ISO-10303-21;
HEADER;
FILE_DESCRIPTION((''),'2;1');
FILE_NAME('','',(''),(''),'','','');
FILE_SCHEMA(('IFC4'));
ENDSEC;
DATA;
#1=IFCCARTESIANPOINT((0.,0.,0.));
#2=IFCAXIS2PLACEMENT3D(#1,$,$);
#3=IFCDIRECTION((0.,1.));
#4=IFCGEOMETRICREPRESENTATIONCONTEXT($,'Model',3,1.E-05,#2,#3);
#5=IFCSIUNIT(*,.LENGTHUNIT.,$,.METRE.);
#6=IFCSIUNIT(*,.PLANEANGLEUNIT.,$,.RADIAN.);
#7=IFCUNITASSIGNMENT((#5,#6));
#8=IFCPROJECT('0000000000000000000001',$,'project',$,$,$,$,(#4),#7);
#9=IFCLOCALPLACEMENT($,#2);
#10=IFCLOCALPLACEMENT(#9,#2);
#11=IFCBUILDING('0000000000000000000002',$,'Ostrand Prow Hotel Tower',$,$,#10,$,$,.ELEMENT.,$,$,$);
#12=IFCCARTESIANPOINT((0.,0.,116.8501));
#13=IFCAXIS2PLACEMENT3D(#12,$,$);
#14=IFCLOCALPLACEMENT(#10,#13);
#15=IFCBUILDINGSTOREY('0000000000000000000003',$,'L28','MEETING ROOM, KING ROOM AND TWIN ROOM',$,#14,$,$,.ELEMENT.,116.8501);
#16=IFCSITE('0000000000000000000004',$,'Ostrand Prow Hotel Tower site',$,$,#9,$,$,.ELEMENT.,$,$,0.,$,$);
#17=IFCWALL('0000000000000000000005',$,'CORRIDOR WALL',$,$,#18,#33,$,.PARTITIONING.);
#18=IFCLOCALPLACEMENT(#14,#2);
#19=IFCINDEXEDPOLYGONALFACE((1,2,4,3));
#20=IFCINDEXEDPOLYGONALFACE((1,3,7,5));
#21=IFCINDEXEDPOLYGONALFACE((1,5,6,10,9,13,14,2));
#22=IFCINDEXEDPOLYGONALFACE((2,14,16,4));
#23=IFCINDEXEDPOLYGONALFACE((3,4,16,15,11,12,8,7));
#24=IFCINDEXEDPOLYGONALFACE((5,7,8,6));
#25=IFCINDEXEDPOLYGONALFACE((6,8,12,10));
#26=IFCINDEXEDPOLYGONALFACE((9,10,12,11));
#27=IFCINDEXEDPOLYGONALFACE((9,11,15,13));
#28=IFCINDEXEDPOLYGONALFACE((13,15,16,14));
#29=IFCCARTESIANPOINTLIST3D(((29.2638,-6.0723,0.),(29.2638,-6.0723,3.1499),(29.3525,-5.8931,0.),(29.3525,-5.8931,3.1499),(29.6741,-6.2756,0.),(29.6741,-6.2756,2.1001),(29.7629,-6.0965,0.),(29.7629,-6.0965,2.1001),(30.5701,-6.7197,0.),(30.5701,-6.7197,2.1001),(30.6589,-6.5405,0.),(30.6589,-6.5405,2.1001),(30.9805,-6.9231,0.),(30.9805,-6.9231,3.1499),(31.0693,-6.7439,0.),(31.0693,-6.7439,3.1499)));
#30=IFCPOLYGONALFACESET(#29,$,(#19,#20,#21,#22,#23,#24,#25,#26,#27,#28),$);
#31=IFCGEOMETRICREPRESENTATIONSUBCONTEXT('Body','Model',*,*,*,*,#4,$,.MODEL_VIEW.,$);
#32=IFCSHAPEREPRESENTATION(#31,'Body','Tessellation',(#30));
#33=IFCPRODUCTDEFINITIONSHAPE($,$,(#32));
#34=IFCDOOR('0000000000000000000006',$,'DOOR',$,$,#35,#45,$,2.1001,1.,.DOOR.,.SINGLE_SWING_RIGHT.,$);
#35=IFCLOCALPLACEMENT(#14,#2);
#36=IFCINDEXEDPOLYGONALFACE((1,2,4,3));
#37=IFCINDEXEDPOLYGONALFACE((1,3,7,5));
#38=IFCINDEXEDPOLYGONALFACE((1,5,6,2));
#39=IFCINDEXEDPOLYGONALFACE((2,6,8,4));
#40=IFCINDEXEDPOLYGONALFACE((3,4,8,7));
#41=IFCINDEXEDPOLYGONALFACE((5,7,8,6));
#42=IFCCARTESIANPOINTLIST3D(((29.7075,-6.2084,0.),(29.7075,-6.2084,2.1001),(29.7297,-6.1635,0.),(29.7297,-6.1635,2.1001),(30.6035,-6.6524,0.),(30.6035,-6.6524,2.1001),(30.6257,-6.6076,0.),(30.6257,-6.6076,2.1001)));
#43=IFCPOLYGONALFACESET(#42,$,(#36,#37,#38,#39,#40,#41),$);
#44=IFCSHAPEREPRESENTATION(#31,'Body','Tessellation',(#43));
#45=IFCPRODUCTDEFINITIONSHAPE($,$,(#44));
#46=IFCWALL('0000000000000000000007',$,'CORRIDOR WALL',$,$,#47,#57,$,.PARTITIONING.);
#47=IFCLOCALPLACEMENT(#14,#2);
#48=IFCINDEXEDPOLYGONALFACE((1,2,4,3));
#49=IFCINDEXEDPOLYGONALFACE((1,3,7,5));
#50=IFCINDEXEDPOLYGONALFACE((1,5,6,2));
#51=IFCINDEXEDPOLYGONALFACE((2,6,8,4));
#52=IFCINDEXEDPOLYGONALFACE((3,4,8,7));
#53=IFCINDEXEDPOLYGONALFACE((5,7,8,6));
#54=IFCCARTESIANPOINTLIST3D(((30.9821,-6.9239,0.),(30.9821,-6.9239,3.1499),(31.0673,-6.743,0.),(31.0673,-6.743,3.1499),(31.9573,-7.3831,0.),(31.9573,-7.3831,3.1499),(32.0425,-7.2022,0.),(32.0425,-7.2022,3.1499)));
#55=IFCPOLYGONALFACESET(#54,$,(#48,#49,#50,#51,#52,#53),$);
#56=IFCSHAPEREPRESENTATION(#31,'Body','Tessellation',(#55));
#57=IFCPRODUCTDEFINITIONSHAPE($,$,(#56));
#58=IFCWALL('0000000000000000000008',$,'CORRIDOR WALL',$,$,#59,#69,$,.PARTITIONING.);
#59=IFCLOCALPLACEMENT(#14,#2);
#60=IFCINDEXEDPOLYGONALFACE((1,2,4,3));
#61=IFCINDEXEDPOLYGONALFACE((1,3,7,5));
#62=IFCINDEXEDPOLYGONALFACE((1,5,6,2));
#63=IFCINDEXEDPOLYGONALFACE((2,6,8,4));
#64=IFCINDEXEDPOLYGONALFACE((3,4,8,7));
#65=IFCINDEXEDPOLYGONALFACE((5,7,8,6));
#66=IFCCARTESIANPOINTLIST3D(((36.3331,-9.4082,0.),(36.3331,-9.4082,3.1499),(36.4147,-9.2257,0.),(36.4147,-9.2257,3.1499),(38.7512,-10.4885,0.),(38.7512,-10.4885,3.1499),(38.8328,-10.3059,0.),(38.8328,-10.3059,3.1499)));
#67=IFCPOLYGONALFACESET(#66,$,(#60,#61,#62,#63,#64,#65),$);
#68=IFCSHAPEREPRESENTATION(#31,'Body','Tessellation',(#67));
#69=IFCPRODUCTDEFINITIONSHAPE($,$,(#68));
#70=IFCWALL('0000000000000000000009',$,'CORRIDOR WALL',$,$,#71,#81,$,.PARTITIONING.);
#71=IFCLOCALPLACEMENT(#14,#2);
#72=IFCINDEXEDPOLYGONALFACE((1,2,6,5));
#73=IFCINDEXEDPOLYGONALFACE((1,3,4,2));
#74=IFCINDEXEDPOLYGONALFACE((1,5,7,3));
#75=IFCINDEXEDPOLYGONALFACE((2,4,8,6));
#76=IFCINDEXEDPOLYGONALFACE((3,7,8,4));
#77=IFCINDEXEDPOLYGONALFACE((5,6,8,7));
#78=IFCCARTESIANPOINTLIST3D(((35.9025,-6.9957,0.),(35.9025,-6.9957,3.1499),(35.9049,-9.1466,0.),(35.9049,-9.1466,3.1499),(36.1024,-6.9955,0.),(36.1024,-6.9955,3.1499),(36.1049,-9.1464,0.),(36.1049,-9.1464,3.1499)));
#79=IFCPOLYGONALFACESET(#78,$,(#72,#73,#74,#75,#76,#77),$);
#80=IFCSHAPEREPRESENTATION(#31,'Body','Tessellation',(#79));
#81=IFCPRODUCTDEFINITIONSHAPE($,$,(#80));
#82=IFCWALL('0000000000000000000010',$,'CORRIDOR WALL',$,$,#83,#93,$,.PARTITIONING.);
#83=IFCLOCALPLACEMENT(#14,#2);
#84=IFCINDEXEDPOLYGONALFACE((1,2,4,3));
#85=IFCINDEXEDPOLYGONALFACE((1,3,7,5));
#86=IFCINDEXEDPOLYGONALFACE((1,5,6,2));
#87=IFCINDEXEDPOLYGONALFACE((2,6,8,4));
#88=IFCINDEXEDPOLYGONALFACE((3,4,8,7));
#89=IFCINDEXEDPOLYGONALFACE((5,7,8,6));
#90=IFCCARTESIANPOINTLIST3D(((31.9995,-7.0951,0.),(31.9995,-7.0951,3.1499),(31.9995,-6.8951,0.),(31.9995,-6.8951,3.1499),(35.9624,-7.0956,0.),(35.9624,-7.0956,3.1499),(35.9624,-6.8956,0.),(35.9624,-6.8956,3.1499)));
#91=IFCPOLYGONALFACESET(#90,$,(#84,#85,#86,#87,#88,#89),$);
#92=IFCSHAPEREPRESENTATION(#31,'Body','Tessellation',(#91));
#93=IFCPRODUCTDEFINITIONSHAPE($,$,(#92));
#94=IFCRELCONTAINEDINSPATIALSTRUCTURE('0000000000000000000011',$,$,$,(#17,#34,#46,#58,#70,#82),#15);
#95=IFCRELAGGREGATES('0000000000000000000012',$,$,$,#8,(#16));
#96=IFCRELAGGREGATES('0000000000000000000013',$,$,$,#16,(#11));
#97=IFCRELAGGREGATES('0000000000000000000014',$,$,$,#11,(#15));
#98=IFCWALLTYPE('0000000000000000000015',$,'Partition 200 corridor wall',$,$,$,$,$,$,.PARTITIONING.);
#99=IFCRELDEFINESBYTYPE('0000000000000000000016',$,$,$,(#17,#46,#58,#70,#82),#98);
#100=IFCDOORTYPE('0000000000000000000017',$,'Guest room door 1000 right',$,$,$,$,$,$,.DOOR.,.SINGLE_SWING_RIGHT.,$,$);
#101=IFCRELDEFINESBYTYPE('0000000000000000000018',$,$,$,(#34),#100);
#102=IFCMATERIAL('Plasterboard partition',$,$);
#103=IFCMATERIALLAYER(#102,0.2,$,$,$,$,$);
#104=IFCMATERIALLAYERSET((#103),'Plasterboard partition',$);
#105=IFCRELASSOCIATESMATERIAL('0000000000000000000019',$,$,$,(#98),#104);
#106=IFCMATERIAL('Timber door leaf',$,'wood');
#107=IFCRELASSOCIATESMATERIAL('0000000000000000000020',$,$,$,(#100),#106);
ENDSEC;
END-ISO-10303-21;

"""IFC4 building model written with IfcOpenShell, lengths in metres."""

from ifc_helpers import new_model, si_unit, direction, frame, frame_2d, origin, place, context, subcontext, project, spatial, rectangle, extrude, material, layer, layer_set, type_object, element, fill, save


model = new_model("IFC4")

# Units and contexts
model_context = context("Model", 3, precision=1e-05, world=origin(), true_north=direction((0.0, 1.0)))
body_context = subcontext(model_context, "Body", "Model", "MODEL_VIEW")
ifc_project = project(units=[si_unit("LENGTHUNIT", "METRE"), si_unit("PLANEANGLEUNIT", "RADIAN")], contexts=[model_context])

# Site, building, storey
site_placement = place(None, origin())
site = spatial("IfcSite", under=ifc_project, at=site_placement, Name="Ostrand Prow Hotel Tower site", CompositionType="ELEMENT", RefElevation=0.0)
building_placement = place(site_placement, origin())
building = spatial("IfcBuilding", under=site, at=building_placement, Name="Ostrand Prow Hotel Tower", CompositionType="ELEMENT")
storey_placement = place(building_placement, frame((0.0, 0.0, 116.8501)))
storey = spatial("IfcBuildingStorey", under=building, at=storey_placement, Name="L28", Description="MEETING ROOM, KING ROOM AND TWIN ROOM", CompositionType="ELEMENT", Elevation=116.8501)

# Shared definitions
ifc_material_1 = material(Name="Plasterboard partition")
ifc_layer_1 = layer(ifc_material_1, 0.2)
ifc_layer_set_1 = layer_set([ifc_layer_1], Name="Plasterboard partition")
wall_type_1 = type_object("IfcWallType", Name="Partition 200 corridor wall", PredefinedType="PARTITIONING", material=ifc_layer_set_1)

# Wall, opening, door
wall_1_placement = place(storey_placement, frame((31.0249, -6.8335, 0.0), z_axis=(0.0, 0.0, 1.0), x_axis=(-0.896002, 0.444051, 0.0)))
wall_1 = element("IfcWall", 1, at=wall_1_placement, inside=storey, type_object=wall_type_1, Name="CORRIDOR WALL", PredefinedType="PARTITIONING", context=body_context, shape_type="SweptSolid", body=[
    extrude(rectangle(XDim=1.916, YDim=0.2, at=frame_2d((0.958, 0.0))), origin(), (0.0, 0.0, 1.0), 3.1499),
])
opening_1_placement = place(wall_1_placement, frame((0.458, 0.0, 0.0)))
opening_1 = element("IfcOpeningElement", 2, at=opening_1_placement, cuts=wall_1, PredefinedType="OPENING", context=body_context, shape_type="SweptSolid", body=[
    extrude(rectangle(XDim=1.0, YDim=2.1001, at=frame_2d((0.5, 1.05))), frame((0.0, 0.1099, 0.0), z_axis=(0.0, -1.0, 0.0), x_axis=(1.0, 0.0, 0.0)), (0.0, 0.0, 1.0), 0.22),
])
ifc_material_2 = material(Name="Timber door leaf", Category="wood")
door_type_1 = type_object("IfcDoorType", Name="Guest room door 1000 right", OperationType="SINGLE_SWING_RIGHT", PredefinedType="DOOR", material=ifc_material_2)
door_1_placement = place(opening_1_placement, origin())
door_1 = element("IfcDoor", 3, at=door_1_placement, inside=storey, type_object=door_type_1, Name="DOOR", OperationType="SINGLE_SWING_RIGHT", OverallHeight=2.1001, OverallWidth=1.0, PredefinedType="DOOR", context=body_context, shape_type="SweptSolid", body=[
    extrude(rectangle(XDim=1.0, YDim=2.1001, at=frame_2d((0.5, 1.05))), frame((0.0, 0.0249, 0.0), z_axis=(0.0, -1.0, 0.0), x_axis=(1.0, 0.0, 0.0)), (0.0, 0.0, 1.0), 0.05),
])
fill(opening_1, door_1)

# Walls
wall_2_placement = place(storey_placement, frame((32.0, -7.2927, 0.0), z_axis=(0.0, 0.0, 1.0), x_axis=(-0.90469, 0.42607, 0.0)))
element("IfcWall", 4, at=wall_2_placement, inside=storey, type_object=wall_type_1, Name="CORRIDOR WALL", PredefinedType="PARTITIONING", context=body_context, shape_type="SweptSolid", body=[
    extrude(rectangle(XDim=1.0779, YDim=0.2, at=frame_2d((0.5391, 0.0))), origin(), (0.0, 0.0, 1.0), 3.1499),
])
wall_3_placement = place(storey_placement, frame((38.792, -10.3972, 0.0), z_axis=(0.0, 0.0, 1.0), x_axis=(-0.913031, 0.407891, 0.0)))
element("IfcWall", 5, at=wall_3_placement, inside=storey, type_object=wall_type_1, Name="CORRIDOR WALL", PredefinedType="PARTITIONING", context=body_context, shape_type="SweptSolid", body=[
    extrude(rectangle(XDim=2.6484, YDim=0.2, at=frame_2d((1.3242, 0.0))), origin(), (0.0, 0.0, 1.0), 3.1499),
])
wall_4_placement = place(storey_placement, frame((36.0049, -9.1465, 0.0), z_axis=(0.0, 0.0, 1.0), x_axis=(-0.001135, 0.999999, 0.0)))
element("IfcWall", 6, at=wall_4_placement, inside=storey, type_object=wall_type_1, Name="CORRIDOR WALL", PredefinedType="PARTITIONING", context=body_context, shape_type="SweptSolid", body=[
    extrude(rectangle(XDim=2.1509, YDim=0.2, at=frame_2d((1.0754, 0.0))), origin(), (0.0, 0.0, 1.0), 3.1499),
])
wall_5_placement = place(storey_placement, frame((35.9624, -6.9956, 0.0), z_axis=(0.0, 0.0, 1.0), x_axis=(-1.0, 0.000123, 0.0)))
element("IfcWall", 7, at=wall_5_placement, inside=storey, type_object=wall_type_1, Name="CORRIDOR WALL", PredefinedType="PARTITIONING", context=body_context, shape_type="SweptSolid", body=[
    extrude(rectangle(XDim=3.9629, YDim=0.2, at=frame_2d((1.9814, 0.0))), origin(), (0.0, 0.0, 1.0), 3.1499),
])

save(model, "model.ifc")
